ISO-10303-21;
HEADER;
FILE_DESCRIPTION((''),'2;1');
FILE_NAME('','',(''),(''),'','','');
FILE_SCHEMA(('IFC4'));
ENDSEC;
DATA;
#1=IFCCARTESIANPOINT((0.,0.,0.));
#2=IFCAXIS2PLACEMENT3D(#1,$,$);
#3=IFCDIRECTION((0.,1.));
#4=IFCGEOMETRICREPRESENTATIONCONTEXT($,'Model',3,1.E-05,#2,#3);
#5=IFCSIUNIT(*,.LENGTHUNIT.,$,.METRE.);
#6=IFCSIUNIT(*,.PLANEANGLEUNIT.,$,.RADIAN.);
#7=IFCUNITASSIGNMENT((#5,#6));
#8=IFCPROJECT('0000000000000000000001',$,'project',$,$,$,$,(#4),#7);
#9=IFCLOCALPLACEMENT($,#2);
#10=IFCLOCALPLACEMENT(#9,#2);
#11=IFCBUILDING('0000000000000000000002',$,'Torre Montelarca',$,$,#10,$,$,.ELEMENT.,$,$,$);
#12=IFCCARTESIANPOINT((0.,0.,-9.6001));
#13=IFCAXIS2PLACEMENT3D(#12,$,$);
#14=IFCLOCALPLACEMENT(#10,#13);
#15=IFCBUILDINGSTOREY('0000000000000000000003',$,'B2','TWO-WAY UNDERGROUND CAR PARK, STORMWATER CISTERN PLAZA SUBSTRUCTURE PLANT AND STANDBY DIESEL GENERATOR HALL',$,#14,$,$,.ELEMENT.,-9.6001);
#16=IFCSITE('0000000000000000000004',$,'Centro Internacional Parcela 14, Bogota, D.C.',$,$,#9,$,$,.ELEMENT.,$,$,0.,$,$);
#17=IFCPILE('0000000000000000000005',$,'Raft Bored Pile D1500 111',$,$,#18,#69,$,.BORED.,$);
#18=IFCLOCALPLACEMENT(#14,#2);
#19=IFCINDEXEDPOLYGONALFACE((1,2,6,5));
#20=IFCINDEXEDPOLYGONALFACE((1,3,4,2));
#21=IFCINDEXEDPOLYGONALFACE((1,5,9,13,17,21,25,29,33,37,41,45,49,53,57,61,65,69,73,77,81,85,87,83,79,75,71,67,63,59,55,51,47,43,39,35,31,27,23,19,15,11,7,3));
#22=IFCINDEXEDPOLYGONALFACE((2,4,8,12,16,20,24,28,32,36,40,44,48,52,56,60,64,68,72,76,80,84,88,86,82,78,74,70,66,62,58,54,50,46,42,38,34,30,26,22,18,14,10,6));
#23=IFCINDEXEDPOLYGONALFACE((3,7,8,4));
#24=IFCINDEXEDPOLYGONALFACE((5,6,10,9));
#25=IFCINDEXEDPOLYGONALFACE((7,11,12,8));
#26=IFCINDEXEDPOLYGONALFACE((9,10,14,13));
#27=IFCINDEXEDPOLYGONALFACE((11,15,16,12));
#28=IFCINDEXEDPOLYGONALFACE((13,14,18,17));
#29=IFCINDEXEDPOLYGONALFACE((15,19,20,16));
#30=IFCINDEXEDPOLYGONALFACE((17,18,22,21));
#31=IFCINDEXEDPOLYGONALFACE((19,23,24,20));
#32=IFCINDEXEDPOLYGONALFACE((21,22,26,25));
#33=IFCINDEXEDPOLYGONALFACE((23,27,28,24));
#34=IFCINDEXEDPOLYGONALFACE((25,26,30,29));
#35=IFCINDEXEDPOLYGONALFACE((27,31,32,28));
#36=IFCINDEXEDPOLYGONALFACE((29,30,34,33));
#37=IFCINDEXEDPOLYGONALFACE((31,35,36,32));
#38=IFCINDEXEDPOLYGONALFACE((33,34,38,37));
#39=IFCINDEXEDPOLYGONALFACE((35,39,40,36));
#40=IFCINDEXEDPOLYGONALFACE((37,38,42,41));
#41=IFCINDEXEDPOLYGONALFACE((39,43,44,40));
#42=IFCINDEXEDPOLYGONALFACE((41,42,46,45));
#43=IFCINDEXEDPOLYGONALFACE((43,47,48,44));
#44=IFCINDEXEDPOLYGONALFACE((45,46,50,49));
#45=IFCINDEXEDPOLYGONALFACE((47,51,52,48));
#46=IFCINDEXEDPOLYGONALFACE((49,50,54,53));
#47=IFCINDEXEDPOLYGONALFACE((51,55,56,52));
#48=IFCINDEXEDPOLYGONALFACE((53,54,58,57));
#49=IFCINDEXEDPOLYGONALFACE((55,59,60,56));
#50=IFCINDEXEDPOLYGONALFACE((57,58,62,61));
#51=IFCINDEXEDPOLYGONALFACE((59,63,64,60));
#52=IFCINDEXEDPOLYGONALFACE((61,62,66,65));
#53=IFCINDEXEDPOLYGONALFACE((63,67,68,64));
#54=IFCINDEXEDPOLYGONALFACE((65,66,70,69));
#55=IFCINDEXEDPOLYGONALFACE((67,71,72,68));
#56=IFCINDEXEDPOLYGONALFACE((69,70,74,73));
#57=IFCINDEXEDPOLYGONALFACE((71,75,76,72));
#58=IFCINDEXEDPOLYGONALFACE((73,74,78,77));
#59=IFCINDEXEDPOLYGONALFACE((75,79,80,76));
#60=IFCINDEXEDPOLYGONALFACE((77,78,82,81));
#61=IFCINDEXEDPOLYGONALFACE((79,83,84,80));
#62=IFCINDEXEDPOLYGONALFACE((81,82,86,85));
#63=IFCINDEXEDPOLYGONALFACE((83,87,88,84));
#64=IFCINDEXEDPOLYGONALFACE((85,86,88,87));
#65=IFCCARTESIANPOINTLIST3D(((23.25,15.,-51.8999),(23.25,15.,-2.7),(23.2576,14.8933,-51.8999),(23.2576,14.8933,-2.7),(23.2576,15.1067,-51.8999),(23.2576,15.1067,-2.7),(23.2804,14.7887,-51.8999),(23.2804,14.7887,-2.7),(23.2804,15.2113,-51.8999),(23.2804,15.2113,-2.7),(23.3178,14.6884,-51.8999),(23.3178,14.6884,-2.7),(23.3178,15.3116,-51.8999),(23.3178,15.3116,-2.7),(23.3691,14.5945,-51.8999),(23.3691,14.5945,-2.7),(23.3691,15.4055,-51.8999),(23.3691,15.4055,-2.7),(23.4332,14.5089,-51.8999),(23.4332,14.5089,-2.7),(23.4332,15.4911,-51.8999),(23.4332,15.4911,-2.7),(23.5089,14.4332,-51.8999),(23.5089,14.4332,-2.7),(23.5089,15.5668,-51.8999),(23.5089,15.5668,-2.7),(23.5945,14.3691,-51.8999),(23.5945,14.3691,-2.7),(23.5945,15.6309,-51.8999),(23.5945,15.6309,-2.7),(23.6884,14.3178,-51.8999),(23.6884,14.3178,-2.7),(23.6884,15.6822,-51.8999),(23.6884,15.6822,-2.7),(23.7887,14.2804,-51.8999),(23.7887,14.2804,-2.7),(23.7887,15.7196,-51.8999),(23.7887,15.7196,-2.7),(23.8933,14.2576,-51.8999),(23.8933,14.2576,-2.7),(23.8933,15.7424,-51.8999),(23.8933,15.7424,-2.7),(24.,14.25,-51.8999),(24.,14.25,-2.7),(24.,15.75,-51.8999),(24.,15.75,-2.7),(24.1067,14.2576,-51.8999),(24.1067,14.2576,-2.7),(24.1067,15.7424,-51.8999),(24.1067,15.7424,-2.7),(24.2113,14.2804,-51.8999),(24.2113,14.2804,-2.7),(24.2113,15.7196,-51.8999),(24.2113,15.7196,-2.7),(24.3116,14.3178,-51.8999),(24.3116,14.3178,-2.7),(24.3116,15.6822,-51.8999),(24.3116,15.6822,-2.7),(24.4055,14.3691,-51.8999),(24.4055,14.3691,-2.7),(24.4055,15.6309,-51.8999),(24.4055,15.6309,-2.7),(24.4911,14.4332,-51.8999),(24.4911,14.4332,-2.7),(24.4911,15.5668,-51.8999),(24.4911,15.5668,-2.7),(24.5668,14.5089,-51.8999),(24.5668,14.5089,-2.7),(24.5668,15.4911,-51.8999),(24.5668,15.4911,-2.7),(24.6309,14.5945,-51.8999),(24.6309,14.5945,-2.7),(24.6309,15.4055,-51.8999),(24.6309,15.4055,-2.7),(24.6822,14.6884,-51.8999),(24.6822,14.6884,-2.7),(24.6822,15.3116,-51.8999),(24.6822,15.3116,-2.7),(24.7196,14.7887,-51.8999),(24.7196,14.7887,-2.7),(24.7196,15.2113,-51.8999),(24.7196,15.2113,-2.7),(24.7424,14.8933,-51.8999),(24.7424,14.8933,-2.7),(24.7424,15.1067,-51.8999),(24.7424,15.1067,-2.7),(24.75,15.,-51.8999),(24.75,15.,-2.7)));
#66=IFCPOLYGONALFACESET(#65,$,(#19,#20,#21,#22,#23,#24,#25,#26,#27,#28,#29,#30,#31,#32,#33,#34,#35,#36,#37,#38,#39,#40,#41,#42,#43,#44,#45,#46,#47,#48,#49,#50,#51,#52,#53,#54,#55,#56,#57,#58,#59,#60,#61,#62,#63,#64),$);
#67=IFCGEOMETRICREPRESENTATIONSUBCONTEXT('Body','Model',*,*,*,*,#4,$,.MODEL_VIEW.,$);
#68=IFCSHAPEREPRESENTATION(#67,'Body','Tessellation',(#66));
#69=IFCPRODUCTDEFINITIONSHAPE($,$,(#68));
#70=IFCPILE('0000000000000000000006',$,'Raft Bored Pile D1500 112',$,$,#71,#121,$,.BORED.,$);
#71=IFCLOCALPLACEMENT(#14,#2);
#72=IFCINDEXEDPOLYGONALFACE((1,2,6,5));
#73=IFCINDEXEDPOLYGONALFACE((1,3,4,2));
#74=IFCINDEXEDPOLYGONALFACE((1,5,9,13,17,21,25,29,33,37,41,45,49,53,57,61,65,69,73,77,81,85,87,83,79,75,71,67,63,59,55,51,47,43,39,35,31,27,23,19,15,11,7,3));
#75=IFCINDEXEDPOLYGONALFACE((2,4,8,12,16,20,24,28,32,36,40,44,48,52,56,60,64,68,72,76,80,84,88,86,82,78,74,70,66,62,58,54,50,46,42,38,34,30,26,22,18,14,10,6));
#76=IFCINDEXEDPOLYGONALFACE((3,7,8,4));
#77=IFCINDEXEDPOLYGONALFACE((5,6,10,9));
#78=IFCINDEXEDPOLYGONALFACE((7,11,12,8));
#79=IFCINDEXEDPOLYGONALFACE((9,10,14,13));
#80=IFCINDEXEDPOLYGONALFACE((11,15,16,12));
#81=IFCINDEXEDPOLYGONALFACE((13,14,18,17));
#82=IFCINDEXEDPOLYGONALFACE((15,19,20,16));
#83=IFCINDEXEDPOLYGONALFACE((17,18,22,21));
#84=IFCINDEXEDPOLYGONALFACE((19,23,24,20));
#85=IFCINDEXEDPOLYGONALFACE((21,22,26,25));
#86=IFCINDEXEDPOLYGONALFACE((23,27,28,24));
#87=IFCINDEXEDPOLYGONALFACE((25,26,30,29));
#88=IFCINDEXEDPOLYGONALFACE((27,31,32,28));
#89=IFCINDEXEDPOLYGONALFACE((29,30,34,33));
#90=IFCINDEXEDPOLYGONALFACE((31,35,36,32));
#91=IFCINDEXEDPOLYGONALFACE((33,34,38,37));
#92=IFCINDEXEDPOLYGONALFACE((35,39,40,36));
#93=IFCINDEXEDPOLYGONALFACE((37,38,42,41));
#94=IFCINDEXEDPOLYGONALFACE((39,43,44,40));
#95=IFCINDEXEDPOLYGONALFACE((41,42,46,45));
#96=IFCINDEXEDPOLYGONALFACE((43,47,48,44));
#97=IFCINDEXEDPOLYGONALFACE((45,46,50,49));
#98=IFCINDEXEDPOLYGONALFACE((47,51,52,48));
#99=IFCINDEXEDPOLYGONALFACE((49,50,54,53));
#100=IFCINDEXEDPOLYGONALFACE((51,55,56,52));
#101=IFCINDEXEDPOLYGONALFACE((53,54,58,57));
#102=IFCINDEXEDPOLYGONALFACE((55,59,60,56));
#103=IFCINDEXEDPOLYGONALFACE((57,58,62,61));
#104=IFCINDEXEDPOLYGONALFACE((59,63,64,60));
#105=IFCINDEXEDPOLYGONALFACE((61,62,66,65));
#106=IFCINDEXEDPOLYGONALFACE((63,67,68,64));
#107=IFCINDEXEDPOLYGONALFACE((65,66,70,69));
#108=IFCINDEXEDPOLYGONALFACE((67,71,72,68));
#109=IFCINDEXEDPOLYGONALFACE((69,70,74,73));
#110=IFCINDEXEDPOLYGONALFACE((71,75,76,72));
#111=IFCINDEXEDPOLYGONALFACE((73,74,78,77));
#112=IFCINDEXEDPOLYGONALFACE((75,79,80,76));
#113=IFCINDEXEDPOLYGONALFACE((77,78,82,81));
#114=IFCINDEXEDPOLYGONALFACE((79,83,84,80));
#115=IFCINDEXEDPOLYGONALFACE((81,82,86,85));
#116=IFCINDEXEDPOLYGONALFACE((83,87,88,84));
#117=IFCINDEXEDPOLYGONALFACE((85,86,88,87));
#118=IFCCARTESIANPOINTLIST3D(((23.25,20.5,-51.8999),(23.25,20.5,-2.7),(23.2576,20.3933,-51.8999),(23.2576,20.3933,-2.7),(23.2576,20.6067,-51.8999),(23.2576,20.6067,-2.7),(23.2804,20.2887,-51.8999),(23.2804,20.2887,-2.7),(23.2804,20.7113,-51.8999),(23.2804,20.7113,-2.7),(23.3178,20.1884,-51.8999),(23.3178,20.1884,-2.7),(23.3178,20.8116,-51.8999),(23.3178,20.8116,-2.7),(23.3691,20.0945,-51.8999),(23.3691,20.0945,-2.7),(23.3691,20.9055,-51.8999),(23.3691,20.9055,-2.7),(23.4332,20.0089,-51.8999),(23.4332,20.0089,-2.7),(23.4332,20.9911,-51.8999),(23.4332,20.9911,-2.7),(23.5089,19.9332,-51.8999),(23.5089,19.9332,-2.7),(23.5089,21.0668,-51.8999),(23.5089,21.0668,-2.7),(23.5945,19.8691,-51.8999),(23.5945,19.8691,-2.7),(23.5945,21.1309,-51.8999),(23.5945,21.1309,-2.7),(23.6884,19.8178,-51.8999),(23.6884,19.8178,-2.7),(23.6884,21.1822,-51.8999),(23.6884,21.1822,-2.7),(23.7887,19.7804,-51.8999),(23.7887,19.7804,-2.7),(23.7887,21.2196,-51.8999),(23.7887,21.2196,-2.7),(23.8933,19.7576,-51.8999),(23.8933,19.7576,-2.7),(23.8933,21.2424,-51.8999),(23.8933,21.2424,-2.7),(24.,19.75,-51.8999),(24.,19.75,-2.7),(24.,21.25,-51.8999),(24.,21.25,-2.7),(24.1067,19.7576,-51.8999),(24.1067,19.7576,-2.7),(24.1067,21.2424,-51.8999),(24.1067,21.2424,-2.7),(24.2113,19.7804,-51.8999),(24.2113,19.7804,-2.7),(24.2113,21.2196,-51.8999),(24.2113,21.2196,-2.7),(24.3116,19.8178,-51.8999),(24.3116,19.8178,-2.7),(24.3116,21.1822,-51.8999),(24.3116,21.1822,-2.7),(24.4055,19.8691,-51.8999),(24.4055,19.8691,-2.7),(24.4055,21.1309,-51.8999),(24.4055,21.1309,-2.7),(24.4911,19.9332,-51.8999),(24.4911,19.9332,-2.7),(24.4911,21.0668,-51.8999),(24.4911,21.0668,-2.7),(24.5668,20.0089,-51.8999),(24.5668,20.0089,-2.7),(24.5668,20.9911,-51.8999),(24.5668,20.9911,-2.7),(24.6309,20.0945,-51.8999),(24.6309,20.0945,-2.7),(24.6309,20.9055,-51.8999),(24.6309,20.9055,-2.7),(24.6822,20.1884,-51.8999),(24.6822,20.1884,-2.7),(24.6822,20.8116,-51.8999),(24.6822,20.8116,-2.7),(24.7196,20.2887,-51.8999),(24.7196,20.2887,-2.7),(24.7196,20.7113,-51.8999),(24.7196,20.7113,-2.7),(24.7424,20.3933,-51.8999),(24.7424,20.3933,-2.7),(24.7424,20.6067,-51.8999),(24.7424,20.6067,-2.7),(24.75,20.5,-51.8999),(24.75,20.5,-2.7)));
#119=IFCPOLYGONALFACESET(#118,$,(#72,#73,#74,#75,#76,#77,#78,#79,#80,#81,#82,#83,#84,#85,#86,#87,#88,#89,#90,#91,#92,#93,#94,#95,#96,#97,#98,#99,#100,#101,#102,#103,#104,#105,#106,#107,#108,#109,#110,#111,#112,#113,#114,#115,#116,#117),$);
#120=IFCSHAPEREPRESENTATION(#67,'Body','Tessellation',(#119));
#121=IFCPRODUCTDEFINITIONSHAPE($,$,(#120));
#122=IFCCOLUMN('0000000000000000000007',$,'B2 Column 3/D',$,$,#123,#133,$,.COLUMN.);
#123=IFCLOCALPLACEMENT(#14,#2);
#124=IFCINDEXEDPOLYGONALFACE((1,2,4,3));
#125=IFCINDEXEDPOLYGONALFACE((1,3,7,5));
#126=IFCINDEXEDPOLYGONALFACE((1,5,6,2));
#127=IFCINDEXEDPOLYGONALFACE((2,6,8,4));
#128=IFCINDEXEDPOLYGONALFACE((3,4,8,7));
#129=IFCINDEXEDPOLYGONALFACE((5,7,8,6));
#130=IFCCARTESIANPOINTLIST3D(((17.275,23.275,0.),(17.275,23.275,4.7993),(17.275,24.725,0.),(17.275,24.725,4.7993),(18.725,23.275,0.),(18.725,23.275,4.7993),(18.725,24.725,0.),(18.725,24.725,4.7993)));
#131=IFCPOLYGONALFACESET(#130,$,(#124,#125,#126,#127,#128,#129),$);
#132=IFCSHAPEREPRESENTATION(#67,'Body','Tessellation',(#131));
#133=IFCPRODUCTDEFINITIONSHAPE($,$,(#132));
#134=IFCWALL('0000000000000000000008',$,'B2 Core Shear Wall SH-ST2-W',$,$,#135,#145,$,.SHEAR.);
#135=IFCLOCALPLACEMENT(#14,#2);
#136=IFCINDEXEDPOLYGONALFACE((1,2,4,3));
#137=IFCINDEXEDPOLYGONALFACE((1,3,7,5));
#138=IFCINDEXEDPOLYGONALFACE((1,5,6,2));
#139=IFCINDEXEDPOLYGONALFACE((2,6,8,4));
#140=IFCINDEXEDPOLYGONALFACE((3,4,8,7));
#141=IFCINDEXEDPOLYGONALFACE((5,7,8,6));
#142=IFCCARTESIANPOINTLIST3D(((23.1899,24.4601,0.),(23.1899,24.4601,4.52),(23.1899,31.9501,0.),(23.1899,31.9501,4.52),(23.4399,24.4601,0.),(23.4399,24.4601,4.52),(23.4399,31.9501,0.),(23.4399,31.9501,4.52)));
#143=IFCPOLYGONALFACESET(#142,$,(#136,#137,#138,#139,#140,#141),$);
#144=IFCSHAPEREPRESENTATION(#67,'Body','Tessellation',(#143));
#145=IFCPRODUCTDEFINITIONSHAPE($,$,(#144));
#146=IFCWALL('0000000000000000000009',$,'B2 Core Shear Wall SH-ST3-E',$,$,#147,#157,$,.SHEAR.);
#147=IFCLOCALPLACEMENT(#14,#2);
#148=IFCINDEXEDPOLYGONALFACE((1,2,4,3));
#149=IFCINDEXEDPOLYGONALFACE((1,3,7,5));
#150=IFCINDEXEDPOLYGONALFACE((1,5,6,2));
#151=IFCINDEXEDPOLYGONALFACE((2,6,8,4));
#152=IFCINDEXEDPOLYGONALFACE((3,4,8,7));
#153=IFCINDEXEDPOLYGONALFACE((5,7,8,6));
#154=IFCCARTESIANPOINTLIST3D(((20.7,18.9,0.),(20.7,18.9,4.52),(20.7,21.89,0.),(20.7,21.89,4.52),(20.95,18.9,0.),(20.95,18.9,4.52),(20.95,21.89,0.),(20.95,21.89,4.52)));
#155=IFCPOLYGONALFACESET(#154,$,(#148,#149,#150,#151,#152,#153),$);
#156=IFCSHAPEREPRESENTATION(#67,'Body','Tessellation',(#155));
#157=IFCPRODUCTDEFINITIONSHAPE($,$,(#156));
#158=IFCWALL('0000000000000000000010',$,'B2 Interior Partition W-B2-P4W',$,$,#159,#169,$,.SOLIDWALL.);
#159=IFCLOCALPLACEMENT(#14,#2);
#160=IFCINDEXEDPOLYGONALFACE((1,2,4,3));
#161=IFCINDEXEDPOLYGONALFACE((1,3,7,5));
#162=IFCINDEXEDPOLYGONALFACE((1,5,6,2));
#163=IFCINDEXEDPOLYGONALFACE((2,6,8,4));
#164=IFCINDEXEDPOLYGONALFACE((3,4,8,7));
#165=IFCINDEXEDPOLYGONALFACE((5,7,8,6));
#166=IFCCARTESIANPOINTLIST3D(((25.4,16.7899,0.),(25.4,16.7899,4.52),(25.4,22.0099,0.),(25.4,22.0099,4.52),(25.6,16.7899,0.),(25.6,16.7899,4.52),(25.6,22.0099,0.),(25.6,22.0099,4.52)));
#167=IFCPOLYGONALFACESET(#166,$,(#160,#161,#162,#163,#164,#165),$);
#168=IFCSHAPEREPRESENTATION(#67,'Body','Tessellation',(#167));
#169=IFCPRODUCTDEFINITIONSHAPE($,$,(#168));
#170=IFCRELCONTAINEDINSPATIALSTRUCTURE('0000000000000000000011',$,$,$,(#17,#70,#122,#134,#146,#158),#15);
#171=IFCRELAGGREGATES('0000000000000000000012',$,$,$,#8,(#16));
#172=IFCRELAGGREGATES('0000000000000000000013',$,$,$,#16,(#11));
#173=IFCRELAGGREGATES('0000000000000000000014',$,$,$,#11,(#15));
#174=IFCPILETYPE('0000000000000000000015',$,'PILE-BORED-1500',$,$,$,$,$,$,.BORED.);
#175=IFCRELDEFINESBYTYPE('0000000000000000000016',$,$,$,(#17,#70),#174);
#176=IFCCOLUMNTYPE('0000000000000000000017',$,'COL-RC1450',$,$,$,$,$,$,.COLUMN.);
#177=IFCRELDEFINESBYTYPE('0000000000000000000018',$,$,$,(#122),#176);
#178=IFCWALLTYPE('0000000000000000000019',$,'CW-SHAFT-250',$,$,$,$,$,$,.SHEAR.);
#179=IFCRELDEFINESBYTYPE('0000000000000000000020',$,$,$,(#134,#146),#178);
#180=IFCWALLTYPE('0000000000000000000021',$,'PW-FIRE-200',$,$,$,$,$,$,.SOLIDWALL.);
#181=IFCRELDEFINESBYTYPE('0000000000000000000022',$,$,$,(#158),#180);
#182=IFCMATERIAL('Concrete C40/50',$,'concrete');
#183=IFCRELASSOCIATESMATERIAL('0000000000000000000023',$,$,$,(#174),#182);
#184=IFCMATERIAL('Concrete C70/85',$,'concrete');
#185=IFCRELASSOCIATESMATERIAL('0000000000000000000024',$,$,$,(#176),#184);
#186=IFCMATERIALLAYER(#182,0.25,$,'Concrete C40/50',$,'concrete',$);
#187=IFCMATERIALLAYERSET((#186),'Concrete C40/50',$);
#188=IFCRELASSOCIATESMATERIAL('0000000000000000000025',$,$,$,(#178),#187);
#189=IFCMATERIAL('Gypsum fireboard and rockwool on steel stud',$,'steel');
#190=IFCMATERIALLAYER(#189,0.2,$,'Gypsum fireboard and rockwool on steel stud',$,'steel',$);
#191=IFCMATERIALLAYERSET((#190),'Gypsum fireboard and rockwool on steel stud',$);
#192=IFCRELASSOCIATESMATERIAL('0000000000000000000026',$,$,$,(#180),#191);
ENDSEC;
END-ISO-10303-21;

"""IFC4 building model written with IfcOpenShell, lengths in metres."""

from ifc_helpers import new_model, si_unit, direction, frame, frame_2d, origin, origin_2d, place, context, subcontext, project, spatial, rectangle, circle, extrude, source, transform, mapped, material, layer, layer_set, material_profile, profile_set, type_object, element, save


model = new_model("IFC4")

# Units and contexts
model_context = context("Model", 3, precision=1e-05, world=origin(), true_north=direction((0.0, 1.0)))
body_context = subcontext(model_context, "Body", "Model", "MODEL_VIEW")
ifc_project = project(units=[si_unit("LENGTHUNIT", "METRE"), si_unit("PLANEANGLEUNIT", "RADIAN")], contexts=[model_context])

# Site, building, storey
site_placement = place(None, origin())
site = spatial("IfcSite", under=ifc_project, at=site_placement, Name="Centro Internacional Parcela 14, Bogota, D.C.", CompositionType="ELEMENT", RefElevation=0.0)
building_placement = place(site_placement, origin())
building = spatial("IfcBuilding", under=site, at=building_placement, Name="Torre Montelarca", CompositionType="ELEMENT")
storey_placement = place(building_placement, frame((0.0, 0.0, -9.6001)))
storey = spatial("IfcBuildingStorey", under=building, at=storey_placement, Name="B2", Description="TWO-WAY UNDERGROUND CAR PARK, STORMWATER CISTERN PLAZA SUBSTRUCTURE PLANT AND STANDBY DIESEL GENERATOR HALL", CompositionType="ELEMENT", Elevation=-9.6001)

# Piles
ifc_material_1 = material(Name="Concrete C40/50", Category="concrete")
ifc_material_profile_1 = material_profile(ifc_material_1, circle(Radius=0.75, at=origin_2d()), Name="PILE-D1500", Category="concrete")
ifc_profile_set_1 = profile_set([ifc_material_profile_1], Name="Concrete C40/50")
pile_type = type_object("IfcPileType", Name="PILE-BORED-1500", PredefinedType="BORED", material=ifc_profile_set_1)
shared_shape_1 = source(origin(), body_context, "Body", "SweptSolid", [
    extrude(circle(Radius=0.75, at=origin_2d()), origin(), (0.0, 0.0, 1.0), 49.2),
])
for number, where, z_axis, x_axis, name in (
    (1, (24.0, 15.0, -2.7), (0.0, 0.0, -1.0), (1.0, 0.0, 0.0), "Raft Bored Pile D1500 111"),
    (2, (24.0, 20.5, -2.7), (0.0, 0.0, -1.0), (1.0, 0.0, 0.0), "Raft Bored Pile D1500 112"),
):
    element("IfcPile", number, at=place(storey_placement, frame(where, z_axis=z_axis, x_axis=x_axis)), inside=storey, type_object=pile_type, Name=name, PredefinedType="BORED", context=body_context, shape_type="MappedRepresentation", body=[
        mapped(shared_shape_1, transform((0.0, 0.0, 0.0), scale=1.0)),
    ])

# Column
ifc_material_2 = material(Name="Concrete C70/85", Category="concrete")
ifc_material_profile_2 = material_profile(ifc_material_2, rectangle(XDim=1.45, YDim=1.45, at=origin_2d()), Name="RC1450X1450", Category="concrete")
ifc_profile_set_2 = profile_set([ifc_material_profile_2], Name="Concrete C70/85")
column_type = type_object("IfcColumnType", Name="COL-RC1450", PredefinedType="COLUMN", material=ifc_profile_set_2)
shared_shape_2 = source(origin(), body_context, "Body", "SweptSolid", [
    extrude(rectangle(XDim=1.45, YDim=1.45, at=origin_2d()), origin(), (0.0, 0.0, 1.0), 4.7993),
])
column_placement = place(storey_placement, frame((18.0, 24.0, 0.0), z_axis=(0.0, 0.0, 1.0), x_axis=(1.0, 0.0, 0.0)))
element("IfcColumn", 3, at=column_placement, inside=storey, type_object=column_type, Name="B2 Column 3/D", PredefinedType="COLUMN", context=body_context, shape_type="MappedRepresentation", body=[
    mapped(shared_shape_2, transform((0.0, 0.0, 0.0), scale=1.0)),
])

# Walls
ifc_layer_1 = layer(ifc_material_1, 0.25, Name="Concrete C40/50", Category="concrete")
ifc_layer_set_1 = layer_set([ifc_layer_1], Name="Concrete C40/50")
wall_type_1 = type_object("IfcWallType", Name="CW-SHAFT-250", PredefinedType="SHEAR", material=ifc_layer_set_1)
wall_1_placement = place(storey_placement, frame((23.3149, 24.46, 0.0), z_axis=(0.0, 0.0, 1.0), x_axis=(0.0, 1.0, 0.0)))
element("IfcWall", 4, at=wall_1_placement, inside=storey, type_object=wall_type_1, Name="B2 Core Shear Wall SH-ST2-W", PredefinedType="SHEAR", context=body_context, shape_type="SweptSolid", body=[
    extrude(rectangle(XDim=7.49, YDim=0.25, at=frame_2d((3.7451, 0.0))), origin(), (0.0, 0.0, 1.0), 4.52),
])
wall_2_placement = place(storey_placement, frame((20.825, 18.8999, 0.0), z_axis=(0.0, 0.0, 1.0), x_axis=(0.0, 1.0, 0.0)))
element("IfcWall", 5, at=wall_2_placement, inside=storey, type_object=wall_type_1, Name="B2 Core Shear Wall SH-ST3-E", PredefinedType="SHEAR", context=body_context, shape_type="SweptSolid", body=[
    extrude(rectangle(XDim=2.99, YDim=0.25, at=frame_2d((1.4951, 0.0))), origin(), (0.0, 0.0, 1.0), 4.52),
])
ifc_material_3 = material(Name="Gypsum fireboard and rockwool on steel stud", Category="steel")
ifc_layer_2 = layer(ifc_material_3, 0.2, Name="Gypsum fireboard and rockwool on steel stud", Category="steel")
ifc_layer_set_2 = layer_set([ifc_layer_2], Name="Gypsum fireboard and rockwool on steel stud")
wall_type_2 = type_object("IfcWallType", Name="PW-FIRE-200", PredefinedType="SOLIDWALL", material=ifc_layer_set_2)
wall_3_placement = place(storey_placement, frame((25.5, 16.79, 0.0), z_axis=(0.0, 0.0, 1.0), x_axis=(0.0, 1.0, 0.0)))
element("IfcWall", 6, at=wall_3_placement, inside=storey, type_object=wall_type_2, Name="B2 Interior Partition W-B2-P4W", PredefinedType="SOLIDWALL", context=body_context, shape_type="SweptSolid", body=[
    extrude(rectangle(XDim=5.22, YDim=0.2, at=frame_2d((2.6099, 0.0))), origin(), (0.0, 0.0, 1.0), 4.52),
])

save(model, "model.ifc")
